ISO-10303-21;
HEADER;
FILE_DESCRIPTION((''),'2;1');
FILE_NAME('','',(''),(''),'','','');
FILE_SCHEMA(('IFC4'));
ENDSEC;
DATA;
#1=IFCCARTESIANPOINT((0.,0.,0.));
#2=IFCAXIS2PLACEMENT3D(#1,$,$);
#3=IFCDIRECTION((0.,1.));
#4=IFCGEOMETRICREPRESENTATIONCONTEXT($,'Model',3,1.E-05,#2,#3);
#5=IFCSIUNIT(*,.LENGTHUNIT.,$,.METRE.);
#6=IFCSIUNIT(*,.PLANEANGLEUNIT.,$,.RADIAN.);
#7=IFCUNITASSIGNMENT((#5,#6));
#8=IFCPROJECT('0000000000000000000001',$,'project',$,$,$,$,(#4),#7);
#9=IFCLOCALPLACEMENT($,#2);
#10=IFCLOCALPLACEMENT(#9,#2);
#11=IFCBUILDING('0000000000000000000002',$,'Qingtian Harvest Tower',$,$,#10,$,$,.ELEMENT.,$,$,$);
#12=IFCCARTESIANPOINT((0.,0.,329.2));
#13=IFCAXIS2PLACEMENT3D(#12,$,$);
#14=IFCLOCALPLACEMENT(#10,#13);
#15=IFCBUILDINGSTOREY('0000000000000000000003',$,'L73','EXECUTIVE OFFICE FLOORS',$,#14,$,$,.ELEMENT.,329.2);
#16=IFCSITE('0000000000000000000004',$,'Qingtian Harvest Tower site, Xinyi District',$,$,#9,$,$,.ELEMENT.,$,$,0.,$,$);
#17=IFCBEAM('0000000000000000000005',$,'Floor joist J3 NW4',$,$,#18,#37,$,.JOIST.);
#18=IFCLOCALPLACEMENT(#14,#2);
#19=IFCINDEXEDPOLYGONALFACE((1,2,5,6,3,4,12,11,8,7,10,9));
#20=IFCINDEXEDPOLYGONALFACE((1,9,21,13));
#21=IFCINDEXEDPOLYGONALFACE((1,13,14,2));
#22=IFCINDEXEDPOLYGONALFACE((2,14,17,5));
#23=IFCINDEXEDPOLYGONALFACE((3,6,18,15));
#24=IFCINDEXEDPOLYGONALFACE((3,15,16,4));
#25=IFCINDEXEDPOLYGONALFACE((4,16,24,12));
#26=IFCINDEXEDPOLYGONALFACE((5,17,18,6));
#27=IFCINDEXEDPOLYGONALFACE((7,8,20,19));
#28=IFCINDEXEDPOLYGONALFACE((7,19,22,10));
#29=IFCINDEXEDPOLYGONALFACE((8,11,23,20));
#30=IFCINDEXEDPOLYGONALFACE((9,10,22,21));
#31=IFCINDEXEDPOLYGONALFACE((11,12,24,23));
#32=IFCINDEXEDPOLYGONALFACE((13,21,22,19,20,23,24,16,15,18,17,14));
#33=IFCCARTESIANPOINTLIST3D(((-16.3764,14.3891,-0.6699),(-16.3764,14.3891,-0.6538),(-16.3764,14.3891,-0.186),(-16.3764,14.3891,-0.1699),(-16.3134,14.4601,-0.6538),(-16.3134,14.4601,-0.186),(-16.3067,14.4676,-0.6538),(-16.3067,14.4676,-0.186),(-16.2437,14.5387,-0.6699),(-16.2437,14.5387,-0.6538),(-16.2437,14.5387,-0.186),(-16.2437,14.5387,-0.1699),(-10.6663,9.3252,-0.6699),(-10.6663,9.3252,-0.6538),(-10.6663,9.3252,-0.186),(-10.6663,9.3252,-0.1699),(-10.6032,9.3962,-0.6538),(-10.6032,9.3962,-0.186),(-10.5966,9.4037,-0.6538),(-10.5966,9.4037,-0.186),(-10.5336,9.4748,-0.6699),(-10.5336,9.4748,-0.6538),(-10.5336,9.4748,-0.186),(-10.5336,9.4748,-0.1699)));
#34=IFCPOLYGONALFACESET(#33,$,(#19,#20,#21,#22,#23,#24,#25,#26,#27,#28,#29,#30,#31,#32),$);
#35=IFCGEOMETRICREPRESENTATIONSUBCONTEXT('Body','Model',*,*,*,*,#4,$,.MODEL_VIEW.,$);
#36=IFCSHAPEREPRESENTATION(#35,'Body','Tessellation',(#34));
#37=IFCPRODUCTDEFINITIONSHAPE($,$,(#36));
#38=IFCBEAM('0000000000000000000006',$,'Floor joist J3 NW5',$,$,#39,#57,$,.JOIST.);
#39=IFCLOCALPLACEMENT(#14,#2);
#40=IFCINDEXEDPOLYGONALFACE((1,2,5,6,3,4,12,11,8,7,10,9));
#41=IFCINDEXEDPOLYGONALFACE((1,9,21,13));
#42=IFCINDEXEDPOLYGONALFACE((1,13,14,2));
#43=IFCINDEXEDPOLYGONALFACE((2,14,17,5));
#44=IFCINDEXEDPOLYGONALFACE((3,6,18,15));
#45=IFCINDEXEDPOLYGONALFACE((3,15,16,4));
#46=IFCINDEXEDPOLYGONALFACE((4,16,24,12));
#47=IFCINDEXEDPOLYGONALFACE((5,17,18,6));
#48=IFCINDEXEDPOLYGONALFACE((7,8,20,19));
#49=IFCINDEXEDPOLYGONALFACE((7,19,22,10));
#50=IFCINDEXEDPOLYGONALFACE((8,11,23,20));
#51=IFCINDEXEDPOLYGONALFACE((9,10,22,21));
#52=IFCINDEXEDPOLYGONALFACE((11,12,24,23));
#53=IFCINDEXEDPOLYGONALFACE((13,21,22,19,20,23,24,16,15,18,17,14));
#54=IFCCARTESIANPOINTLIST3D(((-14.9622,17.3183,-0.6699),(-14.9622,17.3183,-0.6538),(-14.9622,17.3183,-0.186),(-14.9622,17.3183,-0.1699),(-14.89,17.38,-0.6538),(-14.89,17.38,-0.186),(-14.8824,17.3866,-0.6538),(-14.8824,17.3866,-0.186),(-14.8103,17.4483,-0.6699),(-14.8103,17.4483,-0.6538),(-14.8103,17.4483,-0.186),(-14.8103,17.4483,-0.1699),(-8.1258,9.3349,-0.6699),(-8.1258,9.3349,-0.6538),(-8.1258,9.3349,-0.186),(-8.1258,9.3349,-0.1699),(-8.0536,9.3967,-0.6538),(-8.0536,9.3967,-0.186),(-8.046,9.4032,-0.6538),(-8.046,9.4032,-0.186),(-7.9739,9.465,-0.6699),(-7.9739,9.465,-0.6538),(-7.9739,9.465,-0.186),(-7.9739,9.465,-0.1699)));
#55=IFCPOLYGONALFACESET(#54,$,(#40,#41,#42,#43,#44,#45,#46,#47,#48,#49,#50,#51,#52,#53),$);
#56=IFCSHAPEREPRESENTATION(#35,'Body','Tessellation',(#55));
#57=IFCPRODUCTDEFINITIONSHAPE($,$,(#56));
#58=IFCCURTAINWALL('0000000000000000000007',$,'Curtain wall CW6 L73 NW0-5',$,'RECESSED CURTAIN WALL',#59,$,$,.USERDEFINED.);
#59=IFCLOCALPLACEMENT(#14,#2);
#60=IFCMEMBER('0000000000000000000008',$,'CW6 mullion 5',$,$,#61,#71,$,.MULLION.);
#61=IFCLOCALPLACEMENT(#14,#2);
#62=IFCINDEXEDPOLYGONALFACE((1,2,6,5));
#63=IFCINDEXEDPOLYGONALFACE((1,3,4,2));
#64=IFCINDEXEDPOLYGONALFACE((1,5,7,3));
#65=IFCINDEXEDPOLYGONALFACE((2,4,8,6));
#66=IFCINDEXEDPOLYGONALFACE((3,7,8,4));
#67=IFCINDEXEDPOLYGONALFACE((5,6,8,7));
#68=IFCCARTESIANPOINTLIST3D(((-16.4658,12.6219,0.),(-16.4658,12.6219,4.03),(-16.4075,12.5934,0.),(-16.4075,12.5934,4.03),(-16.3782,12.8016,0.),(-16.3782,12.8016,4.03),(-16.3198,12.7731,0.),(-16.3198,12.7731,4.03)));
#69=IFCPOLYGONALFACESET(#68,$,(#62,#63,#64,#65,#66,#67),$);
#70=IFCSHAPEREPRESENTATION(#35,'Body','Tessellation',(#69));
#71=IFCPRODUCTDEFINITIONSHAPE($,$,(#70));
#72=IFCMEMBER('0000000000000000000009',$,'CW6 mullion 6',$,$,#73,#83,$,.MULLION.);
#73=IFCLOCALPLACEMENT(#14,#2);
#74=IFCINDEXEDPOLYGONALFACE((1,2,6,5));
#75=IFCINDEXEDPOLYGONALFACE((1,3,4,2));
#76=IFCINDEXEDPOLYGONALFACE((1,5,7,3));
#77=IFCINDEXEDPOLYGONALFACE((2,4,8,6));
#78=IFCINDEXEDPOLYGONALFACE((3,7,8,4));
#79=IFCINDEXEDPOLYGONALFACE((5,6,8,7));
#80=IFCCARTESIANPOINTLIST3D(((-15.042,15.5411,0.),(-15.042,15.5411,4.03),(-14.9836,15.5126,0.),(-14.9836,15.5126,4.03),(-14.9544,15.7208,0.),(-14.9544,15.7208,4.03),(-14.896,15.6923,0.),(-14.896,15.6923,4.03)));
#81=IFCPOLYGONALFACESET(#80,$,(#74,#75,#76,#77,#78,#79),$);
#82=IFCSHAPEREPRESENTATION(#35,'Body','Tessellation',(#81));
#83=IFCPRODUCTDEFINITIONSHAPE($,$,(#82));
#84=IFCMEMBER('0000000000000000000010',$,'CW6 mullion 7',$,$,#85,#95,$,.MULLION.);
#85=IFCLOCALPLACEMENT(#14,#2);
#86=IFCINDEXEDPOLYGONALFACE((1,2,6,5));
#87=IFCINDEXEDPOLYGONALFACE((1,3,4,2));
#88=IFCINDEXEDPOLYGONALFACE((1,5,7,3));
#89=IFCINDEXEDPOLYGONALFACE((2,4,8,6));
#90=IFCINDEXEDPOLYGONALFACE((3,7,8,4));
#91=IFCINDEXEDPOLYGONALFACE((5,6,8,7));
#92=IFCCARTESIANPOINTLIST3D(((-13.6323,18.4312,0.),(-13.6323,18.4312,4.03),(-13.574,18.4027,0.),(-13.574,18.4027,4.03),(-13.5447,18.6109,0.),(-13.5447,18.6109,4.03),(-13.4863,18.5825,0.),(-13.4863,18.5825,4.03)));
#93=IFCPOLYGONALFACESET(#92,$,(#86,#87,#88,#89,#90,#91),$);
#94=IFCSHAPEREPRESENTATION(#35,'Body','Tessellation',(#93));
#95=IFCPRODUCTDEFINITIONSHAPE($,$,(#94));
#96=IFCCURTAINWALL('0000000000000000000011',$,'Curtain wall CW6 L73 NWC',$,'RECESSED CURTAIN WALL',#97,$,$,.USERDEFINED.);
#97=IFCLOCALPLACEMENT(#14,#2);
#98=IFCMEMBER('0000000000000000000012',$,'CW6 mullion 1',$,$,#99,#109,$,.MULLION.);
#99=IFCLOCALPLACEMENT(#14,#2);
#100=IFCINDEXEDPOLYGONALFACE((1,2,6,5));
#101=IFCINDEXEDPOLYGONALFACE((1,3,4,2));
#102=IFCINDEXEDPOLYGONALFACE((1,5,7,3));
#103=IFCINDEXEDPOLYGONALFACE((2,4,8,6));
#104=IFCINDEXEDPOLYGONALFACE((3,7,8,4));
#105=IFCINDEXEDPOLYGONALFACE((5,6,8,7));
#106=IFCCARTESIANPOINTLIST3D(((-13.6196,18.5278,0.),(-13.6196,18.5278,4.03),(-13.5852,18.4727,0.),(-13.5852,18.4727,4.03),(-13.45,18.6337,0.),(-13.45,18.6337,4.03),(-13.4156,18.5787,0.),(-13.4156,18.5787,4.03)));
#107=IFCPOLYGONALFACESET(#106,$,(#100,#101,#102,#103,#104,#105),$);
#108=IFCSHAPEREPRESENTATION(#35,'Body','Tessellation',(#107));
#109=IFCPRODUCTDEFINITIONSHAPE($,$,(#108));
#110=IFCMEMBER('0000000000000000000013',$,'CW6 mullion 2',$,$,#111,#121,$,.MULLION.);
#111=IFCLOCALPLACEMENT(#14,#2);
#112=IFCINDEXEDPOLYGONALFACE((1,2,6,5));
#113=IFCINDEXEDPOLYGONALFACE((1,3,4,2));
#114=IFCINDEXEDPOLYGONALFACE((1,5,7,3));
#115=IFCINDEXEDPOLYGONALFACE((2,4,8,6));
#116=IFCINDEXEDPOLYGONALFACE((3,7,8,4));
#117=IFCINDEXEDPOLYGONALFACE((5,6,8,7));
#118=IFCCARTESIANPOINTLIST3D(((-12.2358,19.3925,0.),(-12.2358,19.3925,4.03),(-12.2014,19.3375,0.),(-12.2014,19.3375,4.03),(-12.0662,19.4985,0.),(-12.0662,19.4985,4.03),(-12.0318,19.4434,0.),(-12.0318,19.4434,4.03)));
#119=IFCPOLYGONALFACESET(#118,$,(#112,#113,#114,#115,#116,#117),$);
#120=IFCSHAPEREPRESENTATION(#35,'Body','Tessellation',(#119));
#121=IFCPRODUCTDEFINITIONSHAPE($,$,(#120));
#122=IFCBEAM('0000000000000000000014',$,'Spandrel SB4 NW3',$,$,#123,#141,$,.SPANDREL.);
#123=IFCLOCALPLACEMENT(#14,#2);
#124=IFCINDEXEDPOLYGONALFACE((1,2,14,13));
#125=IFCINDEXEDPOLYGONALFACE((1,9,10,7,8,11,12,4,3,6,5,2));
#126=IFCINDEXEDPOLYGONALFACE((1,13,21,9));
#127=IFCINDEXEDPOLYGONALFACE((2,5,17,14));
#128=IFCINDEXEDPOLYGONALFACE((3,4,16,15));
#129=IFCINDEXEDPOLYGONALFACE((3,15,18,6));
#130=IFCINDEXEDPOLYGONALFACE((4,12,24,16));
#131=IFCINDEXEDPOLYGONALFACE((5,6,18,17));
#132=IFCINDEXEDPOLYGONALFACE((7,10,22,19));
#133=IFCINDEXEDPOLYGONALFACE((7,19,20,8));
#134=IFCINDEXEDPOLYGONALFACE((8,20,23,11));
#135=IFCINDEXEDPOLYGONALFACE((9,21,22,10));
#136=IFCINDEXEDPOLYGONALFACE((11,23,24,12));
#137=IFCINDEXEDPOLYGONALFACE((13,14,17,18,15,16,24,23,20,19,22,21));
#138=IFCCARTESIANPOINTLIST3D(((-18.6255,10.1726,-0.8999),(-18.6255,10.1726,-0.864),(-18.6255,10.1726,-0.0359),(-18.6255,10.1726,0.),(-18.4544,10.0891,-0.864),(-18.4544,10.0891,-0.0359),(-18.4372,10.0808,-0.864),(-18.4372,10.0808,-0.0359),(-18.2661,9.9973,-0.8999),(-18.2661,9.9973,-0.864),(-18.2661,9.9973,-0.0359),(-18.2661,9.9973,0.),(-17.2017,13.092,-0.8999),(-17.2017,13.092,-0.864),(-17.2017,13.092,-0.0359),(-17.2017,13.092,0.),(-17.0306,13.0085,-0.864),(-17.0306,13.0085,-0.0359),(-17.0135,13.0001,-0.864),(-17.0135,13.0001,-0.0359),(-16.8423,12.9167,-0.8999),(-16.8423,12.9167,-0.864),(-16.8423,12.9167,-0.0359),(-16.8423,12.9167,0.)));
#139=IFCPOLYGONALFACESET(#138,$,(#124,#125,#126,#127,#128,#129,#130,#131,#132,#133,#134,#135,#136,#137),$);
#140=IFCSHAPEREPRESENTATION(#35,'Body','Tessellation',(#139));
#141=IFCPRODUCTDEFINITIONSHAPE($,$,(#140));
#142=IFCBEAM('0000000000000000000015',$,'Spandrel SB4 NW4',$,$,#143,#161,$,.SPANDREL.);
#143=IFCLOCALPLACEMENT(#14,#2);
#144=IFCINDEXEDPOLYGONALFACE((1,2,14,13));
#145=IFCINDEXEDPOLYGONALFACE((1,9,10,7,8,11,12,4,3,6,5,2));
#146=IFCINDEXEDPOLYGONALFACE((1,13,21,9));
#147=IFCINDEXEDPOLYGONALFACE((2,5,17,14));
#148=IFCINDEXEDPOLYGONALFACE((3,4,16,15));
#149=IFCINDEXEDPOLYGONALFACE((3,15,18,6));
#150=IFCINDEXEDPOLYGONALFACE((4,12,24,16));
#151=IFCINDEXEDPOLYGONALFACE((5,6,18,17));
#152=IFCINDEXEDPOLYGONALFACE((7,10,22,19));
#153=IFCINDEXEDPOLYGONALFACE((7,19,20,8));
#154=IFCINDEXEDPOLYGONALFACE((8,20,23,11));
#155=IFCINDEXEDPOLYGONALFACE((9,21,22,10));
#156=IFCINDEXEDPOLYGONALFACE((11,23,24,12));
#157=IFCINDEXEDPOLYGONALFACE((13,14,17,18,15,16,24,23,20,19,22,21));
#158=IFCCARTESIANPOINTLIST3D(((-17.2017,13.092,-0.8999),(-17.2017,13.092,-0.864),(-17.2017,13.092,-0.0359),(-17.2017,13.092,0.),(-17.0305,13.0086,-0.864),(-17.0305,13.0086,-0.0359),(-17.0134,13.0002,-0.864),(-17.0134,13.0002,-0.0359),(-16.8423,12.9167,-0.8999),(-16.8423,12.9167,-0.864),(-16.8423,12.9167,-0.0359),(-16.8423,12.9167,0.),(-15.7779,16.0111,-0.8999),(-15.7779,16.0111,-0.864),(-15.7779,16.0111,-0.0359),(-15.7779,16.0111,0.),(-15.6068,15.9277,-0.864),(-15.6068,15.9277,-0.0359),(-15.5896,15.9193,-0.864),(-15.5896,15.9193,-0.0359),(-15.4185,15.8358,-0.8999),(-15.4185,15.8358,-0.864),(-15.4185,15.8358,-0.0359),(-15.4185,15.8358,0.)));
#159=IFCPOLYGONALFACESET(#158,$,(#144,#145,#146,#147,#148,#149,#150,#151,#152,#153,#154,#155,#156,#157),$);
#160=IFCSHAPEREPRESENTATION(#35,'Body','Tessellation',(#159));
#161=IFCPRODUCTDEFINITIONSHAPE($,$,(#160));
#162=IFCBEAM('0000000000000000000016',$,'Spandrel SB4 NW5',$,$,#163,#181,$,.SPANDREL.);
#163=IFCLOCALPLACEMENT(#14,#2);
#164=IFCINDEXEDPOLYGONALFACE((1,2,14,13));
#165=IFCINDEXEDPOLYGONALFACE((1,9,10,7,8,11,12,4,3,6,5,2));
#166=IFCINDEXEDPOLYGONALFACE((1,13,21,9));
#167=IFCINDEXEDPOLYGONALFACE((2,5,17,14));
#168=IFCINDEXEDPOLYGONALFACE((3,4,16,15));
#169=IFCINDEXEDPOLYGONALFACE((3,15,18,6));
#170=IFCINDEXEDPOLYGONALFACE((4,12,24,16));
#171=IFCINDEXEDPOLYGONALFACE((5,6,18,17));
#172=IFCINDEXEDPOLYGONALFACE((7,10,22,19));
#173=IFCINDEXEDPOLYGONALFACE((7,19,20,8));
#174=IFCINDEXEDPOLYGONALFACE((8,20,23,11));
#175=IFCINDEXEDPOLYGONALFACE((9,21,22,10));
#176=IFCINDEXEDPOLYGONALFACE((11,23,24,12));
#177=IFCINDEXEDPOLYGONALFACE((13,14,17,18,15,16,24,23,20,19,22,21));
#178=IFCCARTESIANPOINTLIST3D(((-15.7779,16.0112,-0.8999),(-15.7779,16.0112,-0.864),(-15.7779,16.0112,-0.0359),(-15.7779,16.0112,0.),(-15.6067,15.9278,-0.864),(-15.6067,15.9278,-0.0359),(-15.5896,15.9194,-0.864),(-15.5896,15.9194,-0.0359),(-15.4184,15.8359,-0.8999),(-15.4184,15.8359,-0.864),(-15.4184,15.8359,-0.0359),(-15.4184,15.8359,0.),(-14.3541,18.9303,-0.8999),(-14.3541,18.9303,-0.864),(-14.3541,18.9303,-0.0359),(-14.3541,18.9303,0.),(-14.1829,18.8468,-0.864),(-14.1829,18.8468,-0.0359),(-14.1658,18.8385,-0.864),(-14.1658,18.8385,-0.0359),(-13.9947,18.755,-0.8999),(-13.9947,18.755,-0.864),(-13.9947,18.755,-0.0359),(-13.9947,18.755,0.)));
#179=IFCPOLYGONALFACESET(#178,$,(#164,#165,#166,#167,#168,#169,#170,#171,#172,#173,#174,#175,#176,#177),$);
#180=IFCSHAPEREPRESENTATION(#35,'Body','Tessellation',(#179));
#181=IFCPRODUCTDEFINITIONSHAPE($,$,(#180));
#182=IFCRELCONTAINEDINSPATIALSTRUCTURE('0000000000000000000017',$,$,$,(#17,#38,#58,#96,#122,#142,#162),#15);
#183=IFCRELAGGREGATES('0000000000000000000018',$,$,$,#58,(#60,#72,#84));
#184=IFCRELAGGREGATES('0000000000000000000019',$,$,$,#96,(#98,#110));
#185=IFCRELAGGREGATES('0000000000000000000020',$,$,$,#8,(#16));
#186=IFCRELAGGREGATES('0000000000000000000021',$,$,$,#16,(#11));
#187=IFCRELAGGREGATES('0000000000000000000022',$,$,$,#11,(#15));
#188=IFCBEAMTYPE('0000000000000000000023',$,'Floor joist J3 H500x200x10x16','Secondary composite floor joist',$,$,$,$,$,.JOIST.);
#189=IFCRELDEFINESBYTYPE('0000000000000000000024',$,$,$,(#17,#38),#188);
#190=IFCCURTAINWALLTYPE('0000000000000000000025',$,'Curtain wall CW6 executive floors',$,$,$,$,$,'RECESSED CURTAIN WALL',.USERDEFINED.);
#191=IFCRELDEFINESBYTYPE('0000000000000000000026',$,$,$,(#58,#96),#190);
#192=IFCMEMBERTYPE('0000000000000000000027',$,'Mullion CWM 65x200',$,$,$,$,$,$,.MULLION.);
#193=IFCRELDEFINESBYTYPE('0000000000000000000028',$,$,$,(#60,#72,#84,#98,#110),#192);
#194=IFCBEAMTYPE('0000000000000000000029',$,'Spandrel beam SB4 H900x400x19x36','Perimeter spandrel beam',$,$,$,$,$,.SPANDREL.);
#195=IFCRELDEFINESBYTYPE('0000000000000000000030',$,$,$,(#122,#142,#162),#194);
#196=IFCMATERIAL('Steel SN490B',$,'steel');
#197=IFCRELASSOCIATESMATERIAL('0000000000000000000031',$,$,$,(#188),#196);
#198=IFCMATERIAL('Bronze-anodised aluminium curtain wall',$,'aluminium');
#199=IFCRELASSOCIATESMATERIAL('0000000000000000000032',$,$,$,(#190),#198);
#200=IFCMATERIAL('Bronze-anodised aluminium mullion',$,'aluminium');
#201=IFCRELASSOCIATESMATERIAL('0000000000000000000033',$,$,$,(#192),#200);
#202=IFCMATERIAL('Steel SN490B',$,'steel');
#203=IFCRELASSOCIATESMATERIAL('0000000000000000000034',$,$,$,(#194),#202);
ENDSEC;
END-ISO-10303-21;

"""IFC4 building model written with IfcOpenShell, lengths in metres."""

from ifc_helpers import new_model, si_unit, direction, frame, origin, origin_2d, place, context, subcontext, project, spatial, rectangle, i_section, extrude, material, material_profile, profile_set, type_object, element, aggregate, save


model = new_model("IFC4")

# Units and contexts
model_context = context("Model", 3, precision=1e-05, world=origin(), true_north=direction((0.0, 1.0)))
body_context = subcontext(model_context, "Body", "Model", "MODEL_VIEW")
ifc_project = project(units=[si_unit("LENGTHUNIT", "METRE"), si_unit("PLANEANGLEUNIT", "RADIAN")], contexts=[model_context])

# Site, building, storey
site_placement = place(None, origin())
site = spatial("IfcSite", under=ifc_project, at=site_placement, Name="Qingtian Harvest Tower site, Xinyi District", CompositionType="ELEMENT", RefElevation=0.0)
building_placement = place(site_placement, origin())
building = spatial("IfcBuilding", under=site, at=building_placement, Name="Qingtian Harvest Tower", CompositionType="ELEMENT")
storey_placement = place(building_placement, frame((0.0, 0.0, 329.2)))
storey = spatial("IfcBuildingStorey", under=building, at=storey_placement, Name="L73", Description="EXECUTIVE OFFICE FLOORS", CompositionType="ELEMENT", Elevation=329.2)

# Beams
ifc_material_1 = material(Name="Steel SN490B", Category="steel")
ifc_material_profile_1 = material_profile(ifc_material_1, i_section(OverallWidth=0.2, OverallDepth=0.5, WebThickness=0.01, FlangeThickness=0.0161, at=origin_2d()), Name="H500x200x10x16")
ifc_profile_set_1 = profile_set([ifc_material_profile_1], Name="Steel SN490B")
beam_type_1 = type_object("IfcBeamType", Name="Floor joist J3 H500x200x10x16", Description="Secondary composite floor joist", PredefinedType="JOIST", material=ifc_profile_set_1)
beam_1_placement = place(storey_placement, frame((-16.3101, 14.4639, -0.4199), z_axis=(0.748175, -0.663502, 0.0), x_axis=(0.663502, 0.748175, 0.0)))
element("IfcBeam", 1, at=beam_1_placement, inside=storey, type_object=beam_type_1, Name="Floor joist J3 NW4", PredefinedType="JOIST", context=body_context, shape_type="SweptSolid", body=[
    extrude(i_section(OverallWidth=0.2, OverallDepth=0.5, WebThickness=0.01, FlangeThickness=0.0161, at=origin_2d()), origin(), (0.0, 0.0, 1.0), 7.6321),
])
beam_2_placement = place(storey_placement, frame((-14.8862, 17.3833, -0.4199), z_axis=(0.650436, -0.759561, 0.0), x_axis=(0.759561, 0.650436, 0.0)))
element("IfcBeam", 2, at=beam_2_placement, inside=storey, type_object=beam_type_1, Name="Floor joist J3 NW5", PredefinedType="JOIST", context=body_context, shape_type="SweptSolid", body=[
    extrude(i_section(OverallWidth=0.2, OverallDepth=0.5, WebThickness=0.01, FlangeThickness=0.0161, at=origin_2d()), origin(), (0.0, 0.0, 1.0), 10.5105),
])

# Curtain walls, members
ifc_material_2 = material(Name="Bronze-anodised aluminium curtain wall", Category="aluminium")
curtain_wall_type = type_object("IfcCurtainWallType", Name="Curtain wall CW6 executive floors", ElementType="RECESSED CURTAIN WALL", PredefinedType="USERDEFINED", material=ifc_material_2)
curtain_wall_1_placement = place(storey_placement, origin())
curtain_wall_1 = element("IfcCurtainWall", 3, at=curtain_wall_1_placement, inside=storey, type_object=curtain_wall_type, Name="Curtain wall CW6 L73 NW0-5", ObjectType="RECESSED CURTAIN WALL", PredefinedType="USERDEFINED")
ifc_material_3 = material(Name="Bronze-anodised aluminium mullion", Category="aluminium")
ifc_material_profile_2 = material_profile(ifc_material_3, rectangle(XDim=0.0649, YDim=0.2, at=origin_2d()), Name="AL 65x200")
ifc_profile_set_2 = profile_set([ifc_material_profile_2], Name="Bronze-anodised aluminium mullion")
member_type_1 = type_object("IfcMemberType", Name="Mullion CWM 65x200", PredefinedType="MULLION", material=ifc_profile_set_2)
member_1_placement = place(storey_placement, frame((-16.3928, 12.6975, 0.0), z_axis=(0.0, 0.0, 1.0), x_axis=(-0.898794, 0.438371, 0.0)))
member_1 = element("IfcMember", 4, at=member_1_placement, type_object=member_type_1, Name="CW6 mullion 5", PredefinedType="MULLION", context=body_context, shape_type="SweptSolid", body=[
    extrude(rectangle(XDim=0.0649, YDim=0.2, at=origin_2d()), origin(), (0.0, 0.0, 1.0), 4.03),
])
member_2_placement = place(storey_placement, frame((-14.969, 15.6167, 0.0), z_axis=(0.0, 0.0, 1.0), x_axis=(-0.898794, 0.438371, 0.0)))
member_2 = element("IfcMember", 5, at=member_2_placement, type_object=member_type_1, Name="CW6 mullion 6", PredefinedType="MULLION", context=body_context, shape_type="SweptSolid", body=[
    extrude(rectangle(XDim=0.0649, YDim=0.2, at=origin_2d()), origin(), (0.0, 0.0, 1.0), 4.03),
])
member_3_placement = place(storey_placement, frame((-13.5593, 18.5068, 0.0), z_axis=(0.0, 0.0, 1.0), x_axis=(-0.898794, 0.438371, 0.0)))
member_3 = element("IfcMember", 6, at=member_3_placement, type_object=member_type_1, Name="CW6 mullion 7", PredefinedType="MULLION", context=body_context, shape_type="SweptSolid", body=[
    extrude(rectangle(XDim=0.0649, YDim=0.2, at=origin_2d()), origin(), (0.0, 0.0, 1.0), 4.03),
])
curtain_wall_2_placement = place(storey_placement, origin())
curtain_wall_2 = element("IfcCurtainWall", 7, at=curtain_wall_2_placement, inside=storey, type_object=curtain_wall_type, Name="Curtain wall CW6 L73 NWC", ObjectType="RECESSED CURTAIN WALL", PredefinedType="USERDEFINED")
member_4_placement = place(storey_placement, frame((-13.5176, 18.5532, 0.0), z_axis=(0.0, 0.0, 1.0), x_axis=(-0.529919, 0.848048, 0.0)))
member_4 = element("IfcMember", 8, at=member_4_placement, type_object=member_type_1, Name="CW6 mullion 1", PredefinedType="MULLION", context=body_context, shape_type="SweptSolid", body=[
    extrude(rectangle(XDim=0.0649, YDim=0.2, at=origin_2d()), origin(), (0.0, 0.0, 1.0), 4.03),
])
member_5_placement = place(storey_placement, frame((-12.1338, 19.418, 0.0), z_axis=(0.0, 0.0, 1.0), x_axis=(-0.529919, 0.848048, 0.0)))
member_5 = element("IfcMember", 9, at=member_5_placement, type_object=member_type_1, Name="CW6 mullion 2", PredefinedType="MULLION", context=body_context, shape_type="SweptSolid", body=[
    extrude(rectangle(XDim=0.0649, YDim=0.2, at=origin_2d()), origin(), (0.0, 0.0, 1.0), 4.03),
])

# Beams
ifc_material_4 = material(Name="Steel SN490B", Category="steel")
ifc_material_profile_3 = material_profile(ifc_material_4, i_section(OverallWidth=0.3999, OverallDepth=0.8999, WebThickness=0.019, FlangeThickness=0.0359, at=origin_2d()), Name="H900x400x19x36")
ifc_profile_set_3 = profile_set([ifc_material_profile_3], Name="Steel SN490B")
beam_type_2 = type_object("IfcBeamType", Name="Spandrel beam SB4 H900x400x19x36", Description="Perimeter spandrel beam", PredefinedType="SPANDREL", material=ifc_profile_set_3)
beam_3_placement = place(storey_placement, frame((-18.4458, 10.085, -0.45), z_axis=(0.438353, 0.898803, 0.0), x_axis=(-0.898803, 0.438353, 0.0)))
element("IfcBeam", 10, at=beam_3_placement, inside=storey, type_object=beam_type_2, Name="Spandrel SB4 NW3", PredefinedType="SPANDREL", context=body_context, shape_type="SweptSolid", body=[
    extrude(i_section(OverallWidth=0.3999, OverallDepth=0.8999, WebThickness=0.019, FlangeThickness=0.0359, at=origin_2d()), origin(), (0.0, 0.0, 1.0), 3.248),
])
for number, where, z_axis, x_axis, name in (
    (11, (-17.022, 13.0044, -0.45), (0.438382, 0.898789, 0.0), (-0.898789, 0.438382, 0.0), "Spandrel SB4 NW4"),
    (12, (-15.5981, 15.9236, -0.45), (0.438382, 0.898789, 0.0), (-0.898789, 0.438382, 0.0), "Spandrel SB4 NW5"),
):
    element("IfcBeam", number, at=place(storey_placement, frame(where, z_axis=z_axis, x_axis=x_axis)), inside=storey, type_object=beam_type_2, Name=name, PredefinedType="SPANDREL", context=body_context, shape_type="SweptSolid", body=[
        extrude(i_section(OverallWidth=0.3999, OverallDepth=0.8999, WebThickness=0.019, FlangeThickness=0.0359, at=origin_2d()), origin(), (0.0, 0.0, 1.0), 3.2478),
    ])

aggregate(curtain_wall_1, [member_1, member_2, member_3])
aggregate(curtain_wall_2, [member_4, member_5])

save(model, "model.ifc")
